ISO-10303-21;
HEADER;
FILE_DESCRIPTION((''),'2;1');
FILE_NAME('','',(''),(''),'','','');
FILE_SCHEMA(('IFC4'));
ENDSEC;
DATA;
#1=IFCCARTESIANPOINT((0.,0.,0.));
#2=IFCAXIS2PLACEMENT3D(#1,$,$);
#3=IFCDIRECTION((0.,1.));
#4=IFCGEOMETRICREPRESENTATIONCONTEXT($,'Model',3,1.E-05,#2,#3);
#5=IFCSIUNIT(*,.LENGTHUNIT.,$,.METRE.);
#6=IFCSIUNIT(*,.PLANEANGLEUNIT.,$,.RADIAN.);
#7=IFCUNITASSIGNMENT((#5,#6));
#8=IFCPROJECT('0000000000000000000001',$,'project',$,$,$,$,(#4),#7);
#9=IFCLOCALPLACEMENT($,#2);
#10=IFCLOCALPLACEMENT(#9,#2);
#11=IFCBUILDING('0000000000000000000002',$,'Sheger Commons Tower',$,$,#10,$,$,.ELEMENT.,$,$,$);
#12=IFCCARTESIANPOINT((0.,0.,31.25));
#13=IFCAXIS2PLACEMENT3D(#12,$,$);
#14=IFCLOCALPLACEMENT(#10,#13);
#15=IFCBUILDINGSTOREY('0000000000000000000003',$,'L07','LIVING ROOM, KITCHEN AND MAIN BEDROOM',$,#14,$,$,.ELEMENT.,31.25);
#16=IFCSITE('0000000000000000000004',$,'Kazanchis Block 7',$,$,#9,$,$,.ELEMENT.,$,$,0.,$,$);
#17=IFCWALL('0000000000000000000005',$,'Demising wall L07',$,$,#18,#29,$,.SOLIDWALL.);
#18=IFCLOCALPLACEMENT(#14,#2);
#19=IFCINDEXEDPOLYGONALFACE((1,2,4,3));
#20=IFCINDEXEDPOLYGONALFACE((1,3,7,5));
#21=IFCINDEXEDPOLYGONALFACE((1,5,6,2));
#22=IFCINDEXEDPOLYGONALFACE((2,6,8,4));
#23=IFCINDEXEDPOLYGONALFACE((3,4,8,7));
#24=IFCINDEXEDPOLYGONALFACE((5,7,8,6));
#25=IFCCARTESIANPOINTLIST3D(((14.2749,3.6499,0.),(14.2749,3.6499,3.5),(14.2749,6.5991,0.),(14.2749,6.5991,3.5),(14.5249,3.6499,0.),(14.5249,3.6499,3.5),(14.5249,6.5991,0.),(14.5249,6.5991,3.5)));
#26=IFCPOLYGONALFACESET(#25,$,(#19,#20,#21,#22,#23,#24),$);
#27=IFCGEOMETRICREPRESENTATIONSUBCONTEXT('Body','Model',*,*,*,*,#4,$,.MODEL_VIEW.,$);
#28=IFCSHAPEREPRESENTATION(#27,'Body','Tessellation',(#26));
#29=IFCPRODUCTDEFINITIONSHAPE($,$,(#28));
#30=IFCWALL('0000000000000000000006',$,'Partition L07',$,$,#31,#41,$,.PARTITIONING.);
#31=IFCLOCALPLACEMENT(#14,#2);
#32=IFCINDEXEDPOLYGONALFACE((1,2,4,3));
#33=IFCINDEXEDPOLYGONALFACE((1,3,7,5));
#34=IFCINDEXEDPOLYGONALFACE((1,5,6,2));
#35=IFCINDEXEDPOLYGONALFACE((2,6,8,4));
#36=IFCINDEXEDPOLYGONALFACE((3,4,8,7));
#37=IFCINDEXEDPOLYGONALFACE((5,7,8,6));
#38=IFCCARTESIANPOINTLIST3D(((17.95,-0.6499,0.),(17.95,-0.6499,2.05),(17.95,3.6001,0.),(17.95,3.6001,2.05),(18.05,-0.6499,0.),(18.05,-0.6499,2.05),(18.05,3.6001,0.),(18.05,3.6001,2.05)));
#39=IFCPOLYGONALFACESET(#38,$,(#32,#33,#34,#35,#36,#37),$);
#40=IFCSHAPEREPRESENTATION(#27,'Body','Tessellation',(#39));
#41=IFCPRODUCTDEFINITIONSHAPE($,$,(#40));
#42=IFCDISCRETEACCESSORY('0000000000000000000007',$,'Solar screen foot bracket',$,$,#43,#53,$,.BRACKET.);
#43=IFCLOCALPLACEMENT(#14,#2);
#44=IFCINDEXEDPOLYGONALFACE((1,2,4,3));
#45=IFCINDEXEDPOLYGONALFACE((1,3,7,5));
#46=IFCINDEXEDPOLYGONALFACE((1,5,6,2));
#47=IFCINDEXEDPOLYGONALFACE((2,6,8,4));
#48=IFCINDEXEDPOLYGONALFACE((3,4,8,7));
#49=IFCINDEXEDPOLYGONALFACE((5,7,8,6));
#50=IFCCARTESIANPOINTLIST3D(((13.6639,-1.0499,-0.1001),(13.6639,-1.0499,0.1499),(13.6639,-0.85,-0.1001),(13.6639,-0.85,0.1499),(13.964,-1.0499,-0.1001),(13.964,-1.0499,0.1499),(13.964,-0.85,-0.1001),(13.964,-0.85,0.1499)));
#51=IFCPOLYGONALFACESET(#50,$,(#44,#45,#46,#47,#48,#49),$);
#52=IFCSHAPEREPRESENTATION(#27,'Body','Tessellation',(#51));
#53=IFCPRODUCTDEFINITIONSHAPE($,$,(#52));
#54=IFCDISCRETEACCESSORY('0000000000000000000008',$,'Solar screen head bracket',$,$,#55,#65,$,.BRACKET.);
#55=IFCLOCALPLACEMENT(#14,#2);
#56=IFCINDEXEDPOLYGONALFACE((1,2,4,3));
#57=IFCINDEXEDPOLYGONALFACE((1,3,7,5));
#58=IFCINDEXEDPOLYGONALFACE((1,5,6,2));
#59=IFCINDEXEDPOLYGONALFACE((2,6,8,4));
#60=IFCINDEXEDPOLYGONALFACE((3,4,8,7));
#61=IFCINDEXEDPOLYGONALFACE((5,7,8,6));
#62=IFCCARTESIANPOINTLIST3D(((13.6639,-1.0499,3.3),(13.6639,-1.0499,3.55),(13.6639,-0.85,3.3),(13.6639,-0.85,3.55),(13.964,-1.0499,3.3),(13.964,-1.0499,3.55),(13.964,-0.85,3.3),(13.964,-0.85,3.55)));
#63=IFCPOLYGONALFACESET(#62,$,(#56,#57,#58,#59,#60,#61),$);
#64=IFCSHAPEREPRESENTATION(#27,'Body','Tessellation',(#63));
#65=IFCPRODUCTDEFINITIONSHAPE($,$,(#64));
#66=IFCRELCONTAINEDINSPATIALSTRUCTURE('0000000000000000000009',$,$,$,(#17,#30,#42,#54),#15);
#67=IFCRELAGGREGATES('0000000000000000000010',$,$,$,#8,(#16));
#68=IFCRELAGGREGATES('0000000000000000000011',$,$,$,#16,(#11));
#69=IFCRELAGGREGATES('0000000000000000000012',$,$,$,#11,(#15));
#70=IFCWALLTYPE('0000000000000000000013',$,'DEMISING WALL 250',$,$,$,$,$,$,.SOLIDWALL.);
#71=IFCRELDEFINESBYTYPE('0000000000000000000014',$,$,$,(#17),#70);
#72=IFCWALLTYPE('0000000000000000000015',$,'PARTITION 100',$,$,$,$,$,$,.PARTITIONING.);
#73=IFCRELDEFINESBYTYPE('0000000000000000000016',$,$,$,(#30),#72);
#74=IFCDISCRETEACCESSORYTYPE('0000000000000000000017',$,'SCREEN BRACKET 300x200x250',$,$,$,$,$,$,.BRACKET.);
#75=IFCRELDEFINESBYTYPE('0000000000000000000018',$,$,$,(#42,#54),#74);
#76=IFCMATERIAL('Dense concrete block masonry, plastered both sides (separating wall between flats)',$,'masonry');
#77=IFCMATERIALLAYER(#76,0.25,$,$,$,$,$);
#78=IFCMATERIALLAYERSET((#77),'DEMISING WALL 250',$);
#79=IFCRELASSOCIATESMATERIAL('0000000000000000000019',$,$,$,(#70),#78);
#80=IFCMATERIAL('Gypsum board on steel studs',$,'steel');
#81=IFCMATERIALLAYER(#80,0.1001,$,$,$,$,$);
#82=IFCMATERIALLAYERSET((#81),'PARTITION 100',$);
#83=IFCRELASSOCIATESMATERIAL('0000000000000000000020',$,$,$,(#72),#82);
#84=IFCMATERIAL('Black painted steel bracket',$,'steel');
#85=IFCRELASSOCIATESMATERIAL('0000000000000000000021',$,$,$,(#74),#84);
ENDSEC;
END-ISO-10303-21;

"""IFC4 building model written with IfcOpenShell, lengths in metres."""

from ifc_helpers import new_model, si_unit, direction, frame, frame_2d, origin, origin_2d, place, context, subcontext, project, spatial, rectangle, extrude, material, layer, layer_set, type_object, element, save


model = new_model("IFC4")

# Units and contexts
model_context = context("Model", 3, precision=1e-05, world=origin(), true_north=direction((0.0, 1.0)))
body_context = subcontext(model_context, "Body", "Model", "MODEL_VIEW")
ifc_project = project(units=[si_unit("LENGTHUNIT", "METRE"), si_unit("PLANEANGLEUNIT", "RADIAN")], contexts=[model_context])

# Site, building, storey
site_placement = place(None, origin())
site = spatial("IfcSite", under=ifc_project, at=site_placement, Name="Kazanchis Block 7", CompositionType="ELEMENT", RefElevation=0.0)
building_placement = place(site_placement, origin())
building = spatial("IfcBuilding", under=site, at=building_placement, Name="Sheger Commons Tower", CompositionType="ELEMENT")
storey_placement = place(building_placement, frame((0.0, 0.0, 31.25)))
storey = spatial("IfcBuildingStorey", under=building, at=storey_placement, Name="L07", Description="LIVING ROOM, KITCHEN AND MAIN BEDROOM", CompositionType="ELEMENT", Elevation=31.25)

# Walls
ifc_material_1 = material(Name="Dense concrete block masonry, plastered both sides (separating wall between flats)", Category="masonry")
ifc_layer_1 = layer(ifc_material_1, 0.25)
ifc_layer_set_1 = layer_set([ifc_layer_1], Name="DEMISING WALL 250")
wall_type_1 = type_object("IfcWallType", Name="DEMISING WALL 250", PredefinedType="SOLIDWALL", material=ifc_layer_set_1)
wall_1_placement = place(storey_placement, frame((14.3999, 3.6499, 0.0), z_axis=(0.0, 0.0, 1.0), x_axis=(0.0, 1.0, 0.0)))
element("IfcWall", 1, at=wall_1_placement, inside=storey, type_object=wall_type_1, Name="Demising wall L07", PredefinedType="SOLIDWALL", context=body_context, shape_type="SweptSolid", body=[
    extrude(rectangle(XDim=2.9492, YDim=0.25, at=frame_2d((1.4746, 0.0))), origin(), (0.0, 0.0, 1.0), 3.5),
])
ifc_material_2 = material(Name="Gypsum board on steel studs", Category="steel")
ifc_layer_2 = layer(ifc_material_2, 0.1001)
ifc_layer_set_2 = layer_set([ifc_layer_2], Name="PARTITION 100")
wall_type_2 = type_object("IfcWallType", Name="PARTITION 100", PredefinedType="PARTITIONING", material=ifc_layer_set_2)
wall_2_placement = place(storey_placement, frame((18.0, -0.6499, 0.0), z_axis=(0.0, 0.0, 1.0), x_axis=(0.0, 1.0, 0.0)))
element("IfcWall", 2, at=wall_2_placement, inside=storey, type_object=wall_type_2, Name="Partition L07", PredefinedType="PARTITIONING", context=body_context, shape_type="SweptSolid", body=[
    extrude(rectangle(XDim=4.25, YDim=0.1001, at=frame_2d((2.125, 0.0))), origin(), (0.0, 0.0, 1.0), 2.05),
])

# Discrete accessories
ifc_material_3 = material(Name="Black painted steel bracket", Category="steel")
discrete_accessory_type = type_object("IfcDiscreteAccessoryType", Name="SCREEN BRACKET 300x200x250", PredefinedType="BRACKET", material=ifc_material_3)
for number, where, z_axis, x_axis, name in (
    (3, (13.814, -0.95, -0.1001), (0.0, 0.0, 1.0), (1.0, 0.0, 0.0), "Solar screen foot bracket"),
    (4, (13.814, -0.95, 3.3), (0.0, 0.0, 1.0), (1.0, 0.0, 0.0), "Solar screen head bracket"),
):
    element("IfcDiscreteAccessory", number, at=place(storey_placement, frame(where, z_axis=z_axis, x_axis=x_axis)), inside=storey, type_object=discrete_accessory_type, Name=name, PredefinedType="BRACKET", context=body_context, shape_type="SweptSolid", body=[
        extrude(rectangle(XDim=0.3, YDim=0.2, at=origin_2d()), origin(), (0.0, 0.0, 1.0), 0.25),
    ])

save(model, "model.ifc")
